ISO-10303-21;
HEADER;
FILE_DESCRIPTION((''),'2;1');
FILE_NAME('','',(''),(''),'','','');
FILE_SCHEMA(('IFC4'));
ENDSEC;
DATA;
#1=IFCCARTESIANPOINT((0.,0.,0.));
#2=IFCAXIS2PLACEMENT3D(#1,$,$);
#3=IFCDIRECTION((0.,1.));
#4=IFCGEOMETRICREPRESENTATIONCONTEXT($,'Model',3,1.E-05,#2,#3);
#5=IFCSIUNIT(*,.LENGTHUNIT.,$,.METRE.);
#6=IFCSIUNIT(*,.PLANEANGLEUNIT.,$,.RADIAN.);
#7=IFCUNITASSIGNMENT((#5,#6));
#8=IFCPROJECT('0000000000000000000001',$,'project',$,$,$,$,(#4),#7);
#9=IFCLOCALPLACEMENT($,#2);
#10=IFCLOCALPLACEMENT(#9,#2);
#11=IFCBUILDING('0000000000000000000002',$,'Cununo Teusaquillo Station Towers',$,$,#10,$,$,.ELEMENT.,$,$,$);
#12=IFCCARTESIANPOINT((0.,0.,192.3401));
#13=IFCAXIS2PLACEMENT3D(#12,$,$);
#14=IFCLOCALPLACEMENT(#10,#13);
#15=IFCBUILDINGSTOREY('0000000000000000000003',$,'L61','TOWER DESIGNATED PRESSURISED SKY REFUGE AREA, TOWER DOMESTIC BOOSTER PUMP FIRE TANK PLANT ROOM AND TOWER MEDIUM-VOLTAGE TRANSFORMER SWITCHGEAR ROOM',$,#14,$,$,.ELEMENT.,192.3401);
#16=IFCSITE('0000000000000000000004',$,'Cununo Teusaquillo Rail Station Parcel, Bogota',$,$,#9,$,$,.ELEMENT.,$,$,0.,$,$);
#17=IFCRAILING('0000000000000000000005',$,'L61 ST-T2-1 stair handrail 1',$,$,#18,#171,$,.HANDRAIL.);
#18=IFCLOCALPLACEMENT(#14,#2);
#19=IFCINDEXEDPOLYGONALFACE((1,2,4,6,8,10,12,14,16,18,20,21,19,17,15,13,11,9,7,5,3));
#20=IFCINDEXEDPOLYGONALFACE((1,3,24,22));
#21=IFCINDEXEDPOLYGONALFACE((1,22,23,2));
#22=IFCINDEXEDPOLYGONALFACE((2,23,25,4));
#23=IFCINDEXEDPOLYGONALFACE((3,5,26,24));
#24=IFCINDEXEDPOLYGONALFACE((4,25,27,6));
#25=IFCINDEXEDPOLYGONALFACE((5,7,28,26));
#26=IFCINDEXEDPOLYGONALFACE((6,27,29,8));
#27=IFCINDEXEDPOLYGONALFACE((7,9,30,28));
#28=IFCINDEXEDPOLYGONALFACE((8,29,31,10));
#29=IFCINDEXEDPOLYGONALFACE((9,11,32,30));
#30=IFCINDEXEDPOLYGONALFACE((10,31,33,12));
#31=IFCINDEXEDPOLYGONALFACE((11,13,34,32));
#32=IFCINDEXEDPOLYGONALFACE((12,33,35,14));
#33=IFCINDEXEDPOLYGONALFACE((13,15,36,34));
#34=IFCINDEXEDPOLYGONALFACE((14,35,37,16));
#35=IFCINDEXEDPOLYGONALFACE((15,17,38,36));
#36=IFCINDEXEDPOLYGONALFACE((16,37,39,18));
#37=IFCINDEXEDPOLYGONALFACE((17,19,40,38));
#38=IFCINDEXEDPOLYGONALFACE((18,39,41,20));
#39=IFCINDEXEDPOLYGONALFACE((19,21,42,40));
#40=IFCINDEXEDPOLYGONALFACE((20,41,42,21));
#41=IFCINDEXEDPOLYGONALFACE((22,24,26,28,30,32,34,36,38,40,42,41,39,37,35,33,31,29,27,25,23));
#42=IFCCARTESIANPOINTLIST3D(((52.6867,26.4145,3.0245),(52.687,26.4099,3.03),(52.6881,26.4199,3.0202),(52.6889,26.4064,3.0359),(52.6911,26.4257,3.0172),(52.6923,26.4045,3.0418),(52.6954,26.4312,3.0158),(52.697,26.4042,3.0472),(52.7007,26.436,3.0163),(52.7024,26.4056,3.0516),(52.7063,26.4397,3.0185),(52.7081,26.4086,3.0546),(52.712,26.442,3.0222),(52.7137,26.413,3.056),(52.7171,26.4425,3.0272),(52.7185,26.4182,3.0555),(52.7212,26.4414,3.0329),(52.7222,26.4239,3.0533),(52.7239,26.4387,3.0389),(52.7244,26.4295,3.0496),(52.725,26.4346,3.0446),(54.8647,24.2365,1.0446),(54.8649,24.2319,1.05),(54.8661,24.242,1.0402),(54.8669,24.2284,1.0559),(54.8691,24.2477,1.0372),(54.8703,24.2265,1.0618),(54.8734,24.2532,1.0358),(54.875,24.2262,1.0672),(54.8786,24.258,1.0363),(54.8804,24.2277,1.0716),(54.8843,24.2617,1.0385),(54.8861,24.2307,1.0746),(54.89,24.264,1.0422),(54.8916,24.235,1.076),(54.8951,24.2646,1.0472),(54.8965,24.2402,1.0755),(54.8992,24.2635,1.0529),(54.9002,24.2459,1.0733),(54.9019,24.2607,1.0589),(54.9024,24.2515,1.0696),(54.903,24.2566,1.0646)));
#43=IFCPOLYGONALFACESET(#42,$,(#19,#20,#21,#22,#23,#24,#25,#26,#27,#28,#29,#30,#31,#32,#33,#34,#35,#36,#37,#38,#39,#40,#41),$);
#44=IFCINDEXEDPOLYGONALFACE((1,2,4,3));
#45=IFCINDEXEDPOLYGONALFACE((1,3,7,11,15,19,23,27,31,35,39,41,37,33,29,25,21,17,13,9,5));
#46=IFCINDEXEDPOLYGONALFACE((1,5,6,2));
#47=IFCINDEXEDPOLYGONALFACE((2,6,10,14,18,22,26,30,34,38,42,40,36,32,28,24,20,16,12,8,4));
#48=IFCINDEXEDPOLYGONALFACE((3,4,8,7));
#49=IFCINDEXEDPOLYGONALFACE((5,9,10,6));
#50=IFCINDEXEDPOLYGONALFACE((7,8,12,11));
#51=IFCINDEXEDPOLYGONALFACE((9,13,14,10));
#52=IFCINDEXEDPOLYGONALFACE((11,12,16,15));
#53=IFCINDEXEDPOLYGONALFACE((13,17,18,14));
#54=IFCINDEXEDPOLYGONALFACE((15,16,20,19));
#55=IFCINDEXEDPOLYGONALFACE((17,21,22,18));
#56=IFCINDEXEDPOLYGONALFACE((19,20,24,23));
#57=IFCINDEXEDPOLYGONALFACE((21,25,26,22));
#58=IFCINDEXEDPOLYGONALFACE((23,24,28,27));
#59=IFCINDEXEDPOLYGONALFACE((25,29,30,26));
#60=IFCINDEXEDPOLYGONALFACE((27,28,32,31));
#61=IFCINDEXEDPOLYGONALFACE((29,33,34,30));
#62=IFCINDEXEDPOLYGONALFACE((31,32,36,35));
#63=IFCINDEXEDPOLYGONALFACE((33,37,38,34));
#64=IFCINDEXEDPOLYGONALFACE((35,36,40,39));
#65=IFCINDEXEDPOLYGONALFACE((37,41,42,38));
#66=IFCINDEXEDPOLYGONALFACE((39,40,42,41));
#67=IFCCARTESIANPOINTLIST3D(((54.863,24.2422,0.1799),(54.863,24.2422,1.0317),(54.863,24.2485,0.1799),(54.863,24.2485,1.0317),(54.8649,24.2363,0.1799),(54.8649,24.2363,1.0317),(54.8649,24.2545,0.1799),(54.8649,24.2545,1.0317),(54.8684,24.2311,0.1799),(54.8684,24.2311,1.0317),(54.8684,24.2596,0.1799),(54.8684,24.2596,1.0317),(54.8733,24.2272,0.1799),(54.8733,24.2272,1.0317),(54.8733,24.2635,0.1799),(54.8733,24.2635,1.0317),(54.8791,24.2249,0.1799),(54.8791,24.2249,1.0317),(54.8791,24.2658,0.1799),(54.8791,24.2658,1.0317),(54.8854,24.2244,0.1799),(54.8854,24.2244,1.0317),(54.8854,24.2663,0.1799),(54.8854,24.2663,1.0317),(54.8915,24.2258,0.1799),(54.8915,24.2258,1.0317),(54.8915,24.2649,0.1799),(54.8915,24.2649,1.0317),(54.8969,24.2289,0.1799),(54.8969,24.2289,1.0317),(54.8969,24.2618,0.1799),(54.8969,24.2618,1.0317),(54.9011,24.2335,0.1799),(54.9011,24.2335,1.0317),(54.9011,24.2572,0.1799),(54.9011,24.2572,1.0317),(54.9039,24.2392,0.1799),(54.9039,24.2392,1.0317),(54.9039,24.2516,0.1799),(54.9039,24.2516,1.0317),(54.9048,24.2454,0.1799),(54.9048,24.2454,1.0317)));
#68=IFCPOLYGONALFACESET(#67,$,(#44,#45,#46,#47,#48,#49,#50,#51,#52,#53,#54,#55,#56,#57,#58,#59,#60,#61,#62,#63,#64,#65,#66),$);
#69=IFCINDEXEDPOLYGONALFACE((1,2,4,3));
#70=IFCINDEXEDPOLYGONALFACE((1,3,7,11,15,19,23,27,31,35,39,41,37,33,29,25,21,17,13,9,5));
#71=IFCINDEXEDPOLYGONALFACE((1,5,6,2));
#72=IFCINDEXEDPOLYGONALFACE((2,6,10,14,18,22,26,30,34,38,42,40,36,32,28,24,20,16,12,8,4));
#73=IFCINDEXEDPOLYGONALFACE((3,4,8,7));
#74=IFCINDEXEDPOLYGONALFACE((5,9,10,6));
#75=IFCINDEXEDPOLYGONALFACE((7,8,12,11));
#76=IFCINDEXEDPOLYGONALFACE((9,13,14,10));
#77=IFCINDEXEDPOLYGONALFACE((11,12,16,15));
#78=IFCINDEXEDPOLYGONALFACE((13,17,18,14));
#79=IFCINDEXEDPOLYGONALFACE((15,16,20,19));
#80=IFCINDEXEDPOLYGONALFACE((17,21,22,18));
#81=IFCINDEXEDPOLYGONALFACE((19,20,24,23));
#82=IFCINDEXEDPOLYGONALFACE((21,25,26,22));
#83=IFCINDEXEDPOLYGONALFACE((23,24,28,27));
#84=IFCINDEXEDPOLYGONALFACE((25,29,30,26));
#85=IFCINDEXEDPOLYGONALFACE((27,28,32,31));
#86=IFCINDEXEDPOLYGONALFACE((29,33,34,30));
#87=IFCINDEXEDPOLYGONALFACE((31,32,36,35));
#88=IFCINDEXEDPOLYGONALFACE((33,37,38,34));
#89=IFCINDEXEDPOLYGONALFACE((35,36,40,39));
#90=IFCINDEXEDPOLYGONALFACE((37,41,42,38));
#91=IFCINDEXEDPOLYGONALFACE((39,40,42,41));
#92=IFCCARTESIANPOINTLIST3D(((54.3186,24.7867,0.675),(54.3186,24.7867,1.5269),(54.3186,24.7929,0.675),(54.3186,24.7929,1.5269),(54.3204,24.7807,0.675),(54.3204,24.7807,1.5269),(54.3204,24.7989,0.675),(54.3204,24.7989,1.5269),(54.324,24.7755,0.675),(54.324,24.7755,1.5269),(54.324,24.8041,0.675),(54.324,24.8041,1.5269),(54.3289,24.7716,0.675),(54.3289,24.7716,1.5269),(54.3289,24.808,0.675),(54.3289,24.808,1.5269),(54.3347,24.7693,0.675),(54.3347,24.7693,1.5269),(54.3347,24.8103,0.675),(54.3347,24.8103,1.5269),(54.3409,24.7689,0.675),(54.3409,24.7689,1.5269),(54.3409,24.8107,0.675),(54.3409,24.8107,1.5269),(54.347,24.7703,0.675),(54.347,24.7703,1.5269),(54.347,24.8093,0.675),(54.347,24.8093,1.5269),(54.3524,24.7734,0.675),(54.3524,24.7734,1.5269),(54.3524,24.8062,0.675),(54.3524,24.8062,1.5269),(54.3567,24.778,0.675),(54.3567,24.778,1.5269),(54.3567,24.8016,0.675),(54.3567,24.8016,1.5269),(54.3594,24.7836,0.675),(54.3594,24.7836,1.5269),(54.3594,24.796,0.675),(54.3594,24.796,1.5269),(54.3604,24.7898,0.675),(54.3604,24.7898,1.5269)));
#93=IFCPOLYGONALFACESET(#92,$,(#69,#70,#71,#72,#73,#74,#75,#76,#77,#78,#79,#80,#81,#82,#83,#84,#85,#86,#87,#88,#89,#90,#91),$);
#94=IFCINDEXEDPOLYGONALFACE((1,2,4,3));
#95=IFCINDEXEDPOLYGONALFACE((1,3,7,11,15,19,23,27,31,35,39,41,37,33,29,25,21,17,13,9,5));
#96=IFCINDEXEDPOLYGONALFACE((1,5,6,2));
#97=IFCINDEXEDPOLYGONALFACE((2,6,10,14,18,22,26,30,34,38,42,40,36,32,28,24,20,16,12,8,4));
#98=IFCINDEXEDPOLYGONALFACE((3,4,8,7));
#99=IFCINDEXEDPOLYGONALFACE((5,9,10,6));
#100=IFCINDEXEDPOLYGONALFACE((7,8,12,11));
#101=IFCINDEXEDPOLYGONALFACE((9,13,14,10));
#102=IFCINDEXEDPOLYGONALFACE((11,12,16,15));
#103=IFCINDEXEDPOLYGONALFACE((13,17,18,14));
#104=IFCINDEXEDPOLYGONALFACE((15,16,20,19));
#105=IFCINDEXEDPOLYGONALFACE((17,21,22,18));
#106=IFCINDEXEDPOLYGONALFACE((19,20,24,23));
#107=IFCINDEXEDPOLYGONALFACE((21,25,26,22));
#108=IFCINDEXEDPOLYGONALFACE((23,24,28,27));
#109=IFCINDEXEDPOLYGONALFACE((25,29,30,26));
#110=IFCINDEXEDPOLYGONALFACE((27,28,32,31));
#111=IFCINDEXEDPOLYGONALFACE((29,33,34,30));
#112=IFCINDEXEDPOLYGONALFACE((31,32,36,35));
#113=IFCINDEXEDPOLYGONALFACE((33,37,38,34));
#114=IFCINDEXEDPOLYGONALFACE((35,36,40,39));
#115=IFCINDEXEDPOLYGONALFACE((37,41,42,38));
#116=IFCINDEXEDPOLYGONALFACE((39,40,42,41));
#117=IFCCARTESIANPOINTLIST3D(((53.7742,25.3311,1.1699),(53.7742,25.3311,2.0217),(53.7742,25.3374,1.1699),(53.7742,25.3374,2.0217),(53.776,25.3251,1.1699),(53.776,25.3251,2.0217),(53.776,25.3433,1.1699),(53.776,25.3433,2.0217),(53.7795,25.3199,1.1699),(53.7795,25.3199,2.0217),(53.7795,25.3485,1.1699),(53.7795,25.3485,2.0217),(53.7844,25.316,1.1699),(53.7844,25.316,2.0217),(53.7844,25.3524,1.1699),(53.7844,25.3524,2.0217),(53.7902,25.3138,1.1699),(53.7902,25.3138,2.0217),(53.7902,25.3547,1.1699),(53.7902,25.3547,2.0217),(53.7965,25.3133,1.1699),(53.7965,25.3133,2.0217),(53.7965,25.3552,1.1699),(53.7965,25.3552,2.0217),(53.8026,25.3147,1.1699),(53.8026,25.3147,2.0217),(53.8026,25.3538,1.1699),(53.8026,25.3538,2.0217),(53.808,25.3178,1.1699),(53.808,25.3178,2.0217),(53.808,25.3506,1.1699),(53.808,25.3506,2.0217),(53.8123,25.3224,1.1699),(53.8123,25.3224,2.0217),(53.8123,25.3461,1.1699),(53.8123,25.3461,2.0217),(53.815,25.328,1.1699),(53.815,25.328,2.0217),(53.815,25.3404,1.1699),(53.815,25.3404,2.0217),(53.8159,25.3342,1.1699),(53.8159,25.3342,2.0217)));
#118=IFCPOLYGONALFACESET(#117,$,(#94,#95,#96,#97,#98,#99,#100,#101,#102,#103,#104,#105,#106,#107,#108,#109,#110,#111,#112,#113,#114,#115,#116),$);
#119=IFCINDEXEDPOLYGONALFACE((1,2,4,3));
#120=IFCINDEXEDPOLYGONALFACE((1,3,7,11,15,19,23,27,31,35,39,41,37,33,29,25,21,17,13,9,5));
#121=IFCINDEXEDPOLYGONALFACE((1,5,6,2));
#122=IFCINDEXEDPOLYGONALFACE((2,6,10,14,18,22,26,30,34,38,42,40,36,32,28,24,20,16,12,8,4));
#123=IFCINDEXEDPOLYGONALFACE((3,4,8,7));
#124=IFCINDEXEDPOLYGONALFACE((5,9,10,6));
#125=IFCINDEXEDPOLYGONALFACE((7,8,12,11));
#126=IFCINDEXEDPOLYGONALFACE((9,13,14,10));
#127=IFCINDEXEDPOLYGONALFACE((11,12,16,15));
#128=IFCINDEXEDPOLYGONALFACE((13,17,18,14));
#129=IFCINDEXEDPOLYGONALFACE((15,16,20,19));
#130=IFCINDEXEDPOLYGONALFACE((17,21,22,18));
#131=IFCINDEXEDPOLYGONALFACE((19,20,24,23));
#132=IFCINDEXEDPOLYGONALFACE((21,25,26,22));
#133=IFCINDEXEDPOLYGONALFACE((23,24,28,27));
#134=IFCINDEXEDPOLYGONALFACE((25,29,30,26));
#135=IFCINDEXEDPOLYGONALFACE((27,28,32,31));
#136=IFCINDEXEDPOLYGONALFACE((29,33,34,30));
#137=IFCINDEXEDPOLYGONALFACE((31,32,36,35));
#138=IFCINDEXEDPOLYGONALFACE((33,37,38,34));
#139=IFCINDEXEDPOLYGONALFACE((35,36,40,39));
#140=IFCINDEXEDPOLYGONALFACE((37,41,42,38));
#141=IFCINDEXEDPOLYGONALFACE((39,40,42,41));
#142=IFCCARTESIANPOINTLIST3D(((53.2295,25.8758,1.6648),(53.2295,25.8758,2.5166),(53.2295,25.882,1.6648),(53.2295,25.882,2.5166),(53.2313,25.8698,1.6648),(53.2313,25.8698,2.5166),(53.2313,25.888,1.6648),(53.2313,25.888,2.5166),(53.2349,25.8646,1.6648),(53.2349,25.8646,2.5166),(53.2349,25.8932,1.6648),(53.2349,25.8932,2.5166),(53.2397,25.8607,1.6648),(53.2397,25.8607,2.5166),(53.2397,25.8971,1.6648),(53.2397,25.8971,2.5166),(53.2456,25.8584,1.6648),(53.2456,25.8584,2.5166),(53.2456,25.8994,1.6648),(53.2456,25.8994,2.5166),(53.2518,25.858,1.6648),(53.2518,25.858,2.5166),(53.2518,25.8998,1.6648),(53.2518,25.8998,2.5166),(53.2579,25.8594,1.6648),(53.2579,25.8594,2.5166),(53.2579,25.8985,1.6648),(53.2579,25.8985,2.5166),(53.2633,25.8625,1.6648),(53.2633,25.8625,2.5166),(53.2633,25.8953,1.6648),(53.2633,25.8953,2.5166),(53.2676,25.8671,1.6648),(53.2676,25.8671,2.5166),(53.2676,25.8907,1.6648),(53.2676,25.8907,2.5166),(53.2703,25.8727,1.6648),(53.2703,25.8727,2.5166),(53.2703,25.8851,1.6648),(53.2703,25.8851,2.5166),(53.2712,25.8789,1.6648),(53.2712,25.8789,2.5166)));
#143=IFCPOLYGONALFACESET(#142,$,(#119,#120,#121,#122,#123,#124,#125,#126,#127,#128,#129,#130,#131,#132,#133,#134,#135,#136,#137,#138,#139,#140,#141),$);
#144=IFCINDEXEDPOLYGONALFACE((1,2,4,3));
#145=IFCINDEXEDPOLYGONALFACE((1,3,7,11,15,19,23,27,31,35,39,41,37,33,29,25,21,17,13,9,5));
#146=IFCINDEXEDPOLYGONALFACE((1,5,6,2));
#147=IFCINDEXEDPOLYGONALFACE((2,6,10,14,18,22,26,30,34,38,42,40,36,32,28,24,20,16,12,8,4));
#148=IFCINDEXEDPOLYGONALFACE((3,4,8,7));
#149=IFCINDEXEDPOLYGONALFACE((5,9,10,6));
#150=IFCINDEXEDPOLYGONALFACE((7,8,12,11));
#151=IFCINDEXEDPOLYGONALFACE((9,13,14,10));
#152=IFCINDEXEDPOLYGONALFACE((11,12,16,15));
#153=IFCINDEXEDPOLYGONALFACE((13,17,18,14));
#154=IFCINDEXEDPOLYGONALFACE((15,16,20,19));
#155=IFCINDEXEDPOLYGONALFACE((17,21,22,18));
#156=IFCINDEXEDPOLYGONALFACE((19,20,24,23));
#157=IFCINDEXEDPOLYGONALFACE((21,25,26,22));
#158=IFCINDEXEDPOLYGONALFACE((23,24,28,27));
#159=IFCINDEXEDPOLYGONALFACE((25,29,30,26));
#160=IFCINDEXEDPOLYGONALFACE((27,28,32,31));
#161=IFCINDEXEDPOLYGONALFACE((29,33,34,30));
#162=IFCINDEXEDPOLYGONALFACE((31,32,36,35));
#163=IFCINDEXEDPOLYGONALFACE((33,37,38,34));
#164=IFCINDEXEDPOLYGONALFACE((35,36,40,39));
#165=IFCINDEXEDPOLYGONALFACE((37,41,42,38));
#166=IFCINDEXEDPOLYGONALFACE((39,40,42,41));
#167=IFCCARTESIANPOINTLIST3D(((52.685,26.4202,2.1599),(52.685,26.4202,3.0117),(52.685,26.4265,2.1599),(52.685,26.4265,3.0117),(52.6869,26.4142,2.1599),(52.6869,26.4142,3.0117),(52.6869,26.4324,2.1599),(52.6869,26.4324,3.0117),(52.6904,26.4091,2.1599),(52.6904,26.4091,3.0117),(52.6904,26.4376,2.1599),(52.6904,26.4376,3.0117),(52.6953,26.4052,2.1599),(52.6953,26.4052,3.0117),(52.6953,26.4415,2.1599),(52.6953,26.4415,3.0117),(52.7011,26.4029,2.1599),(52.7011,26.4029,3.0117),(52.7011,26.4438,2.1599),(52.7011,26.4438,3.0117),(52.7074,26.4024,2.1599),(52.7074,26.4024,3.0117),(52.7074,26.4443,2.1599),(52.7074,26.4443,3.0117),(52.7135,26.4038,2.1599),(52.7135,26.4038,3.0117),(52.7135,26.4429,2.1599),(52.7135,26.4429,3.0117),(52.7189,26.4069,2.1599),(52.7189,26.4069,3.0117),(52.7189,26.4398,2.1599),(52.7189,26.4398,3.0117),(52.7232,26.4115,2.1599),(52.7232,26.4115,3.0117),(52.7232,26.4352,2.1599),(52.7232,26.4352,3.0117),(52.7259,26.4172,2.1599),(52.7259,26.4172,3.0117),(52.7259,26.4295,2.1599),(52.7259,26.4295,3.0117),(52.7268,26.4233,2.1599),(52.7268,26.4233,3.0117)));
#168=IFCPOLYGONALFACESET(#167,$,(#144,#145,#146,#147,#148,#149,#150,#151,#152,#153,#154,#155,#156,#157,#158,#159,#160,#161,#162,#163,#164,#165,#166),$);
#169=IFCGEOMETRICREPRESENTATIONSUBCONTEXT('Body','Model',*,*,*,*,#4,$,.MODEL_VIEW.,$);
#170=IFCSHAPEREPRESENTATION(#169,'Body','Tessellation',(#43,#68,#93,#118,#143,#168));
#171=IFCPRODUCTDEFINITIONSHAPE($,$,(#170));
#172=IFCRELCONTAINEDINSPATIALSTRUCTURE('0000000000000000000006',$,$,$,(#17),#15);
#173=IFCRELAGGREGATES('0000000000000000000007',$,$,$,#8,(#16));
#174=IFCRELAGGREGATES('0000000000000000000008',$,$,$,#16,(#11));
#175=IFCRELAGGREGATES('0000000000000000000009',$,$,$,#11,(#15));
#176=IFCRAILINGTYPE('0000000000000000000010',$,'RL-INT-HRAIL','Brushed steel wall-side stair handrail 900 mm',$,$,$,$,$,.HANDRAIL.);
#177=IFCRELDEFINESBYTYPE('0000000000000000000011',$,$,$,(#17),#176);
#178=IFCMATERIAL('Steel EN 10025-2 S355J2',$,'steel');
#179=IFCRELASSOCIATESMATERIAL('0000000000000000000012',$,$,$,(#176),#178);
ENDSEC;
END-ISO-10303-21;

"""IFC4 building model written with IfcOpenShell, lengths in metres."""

from ifc_helpers import new_model, si_unit, direction, frame, origin, origin_2d, place, context, subcontext, project, spatial, circle, extrude, material, type_object, element, save


model = new_model("IFC4")

# Units and contexts
model_context = context("Model", 3, precision=1e-05, world=origin(), true_north=direction((0.0, 1.0)))
body_context = subcontext(model_context, "Body", "Model", "MODEL_VIEW")
ifc_project = project(units=[si_unit("LENGTHUNIT", "METRE"), si_unit("PLANEANGLEUNIT", "RADIAN")], contexts=[model_context])

# Site, building, storey
site_placement = place(None, origin())
site = spatial("IfcSite", under=ifc_project, at=site_placement, Name="Cununo Teusaquillo Rail Station Parcel, Bogota", CompositionType="ELEMENT", RefElevation=0.0)
building_placement = place(site_placement, origin())
building = spatial("IfcBuilding", under=site, at=building_placement, Name="Cununo Teusaquillo Station Towers", CompositionType="ELEMENT")
storey_placement = place(building_placement, frame((0.0, 0.0, 192.3401)))
storey = spatial("IfcBuildingStorey", under=building, at=storey_placement, Name="L61", Description="TOWER DESIGNATED PRESSURISED SKY REFUGE AREA, TOWER DOMESTIC BOOSTER PUMP FIRE TANK PLANT ROOM AND TOWER MEDIUM-VOLTAGE TRANSFORMER SWITCHGEAR ROOM", CompositionType="ELEMENT", Elevation=192.3401)

# Railing
ifc_material_1 = material(Name="Steel EN 10025-2 S355J2", Category="steel")
railing_type_1 = type_object("IfcRailingType", Name="RL-INT-HRAIL", Description="Brushed steel wall-side stair handrail 900 mm", PredefinedType="HANDRAIL", material=ifc_material_1)
railing_1_placement = place(storey_placement, frame((54.8838, 24.2454, 0.1799)))
element("IfcRailing", 1, at=railing_1_placement, inside=storey, type_object=railing_type_1, Name="L61 ST-T2-1 stair handrail 1", PredefinedType="HANDRAIL", context=body_context, shape_type="SweptSolid", body=[
    extrude(circle(Radius=0.0239, at=origin_2d()), frame((0.0, 0.0, 0.876), z_axis=(-0.594812, 0.594812, 0.540738), x_axis=(-0.707107, -0.707107, 0.0)), (0.0, 0.0, 1.0), 3.6616),
    extrude(circle(Radius=0.021, at=origin_2d()), origin(), (0.0, 0.0, 1.0), 0.8518),
    extrude(circle(Radius=0.021, at=origin_2d()), frame((-0.5444, 0.5444, 0.4951)), (0.0, 0.0, 1.0), 0.8518),
    extrude(circle(Radius=0.021, at=origin_2d()), frame((-1.0889, 1.0889, 0.99)), (0.0, 0.0, 1.0), 0.8518),
    extrude(circle(Radius=0.021, at=origin_2d()), frame((-1.6335, 1.6335, 1.4849)), (0.0, 0.0, 1.0), 0.8518),
    extrude(circle(Radius=0.021, at=origin_2d()), frame((-2.178, 2.178, 1.98)), (0.0, 0.0, 1.0), 0.8518),
])

save(model, "model.ifc")
